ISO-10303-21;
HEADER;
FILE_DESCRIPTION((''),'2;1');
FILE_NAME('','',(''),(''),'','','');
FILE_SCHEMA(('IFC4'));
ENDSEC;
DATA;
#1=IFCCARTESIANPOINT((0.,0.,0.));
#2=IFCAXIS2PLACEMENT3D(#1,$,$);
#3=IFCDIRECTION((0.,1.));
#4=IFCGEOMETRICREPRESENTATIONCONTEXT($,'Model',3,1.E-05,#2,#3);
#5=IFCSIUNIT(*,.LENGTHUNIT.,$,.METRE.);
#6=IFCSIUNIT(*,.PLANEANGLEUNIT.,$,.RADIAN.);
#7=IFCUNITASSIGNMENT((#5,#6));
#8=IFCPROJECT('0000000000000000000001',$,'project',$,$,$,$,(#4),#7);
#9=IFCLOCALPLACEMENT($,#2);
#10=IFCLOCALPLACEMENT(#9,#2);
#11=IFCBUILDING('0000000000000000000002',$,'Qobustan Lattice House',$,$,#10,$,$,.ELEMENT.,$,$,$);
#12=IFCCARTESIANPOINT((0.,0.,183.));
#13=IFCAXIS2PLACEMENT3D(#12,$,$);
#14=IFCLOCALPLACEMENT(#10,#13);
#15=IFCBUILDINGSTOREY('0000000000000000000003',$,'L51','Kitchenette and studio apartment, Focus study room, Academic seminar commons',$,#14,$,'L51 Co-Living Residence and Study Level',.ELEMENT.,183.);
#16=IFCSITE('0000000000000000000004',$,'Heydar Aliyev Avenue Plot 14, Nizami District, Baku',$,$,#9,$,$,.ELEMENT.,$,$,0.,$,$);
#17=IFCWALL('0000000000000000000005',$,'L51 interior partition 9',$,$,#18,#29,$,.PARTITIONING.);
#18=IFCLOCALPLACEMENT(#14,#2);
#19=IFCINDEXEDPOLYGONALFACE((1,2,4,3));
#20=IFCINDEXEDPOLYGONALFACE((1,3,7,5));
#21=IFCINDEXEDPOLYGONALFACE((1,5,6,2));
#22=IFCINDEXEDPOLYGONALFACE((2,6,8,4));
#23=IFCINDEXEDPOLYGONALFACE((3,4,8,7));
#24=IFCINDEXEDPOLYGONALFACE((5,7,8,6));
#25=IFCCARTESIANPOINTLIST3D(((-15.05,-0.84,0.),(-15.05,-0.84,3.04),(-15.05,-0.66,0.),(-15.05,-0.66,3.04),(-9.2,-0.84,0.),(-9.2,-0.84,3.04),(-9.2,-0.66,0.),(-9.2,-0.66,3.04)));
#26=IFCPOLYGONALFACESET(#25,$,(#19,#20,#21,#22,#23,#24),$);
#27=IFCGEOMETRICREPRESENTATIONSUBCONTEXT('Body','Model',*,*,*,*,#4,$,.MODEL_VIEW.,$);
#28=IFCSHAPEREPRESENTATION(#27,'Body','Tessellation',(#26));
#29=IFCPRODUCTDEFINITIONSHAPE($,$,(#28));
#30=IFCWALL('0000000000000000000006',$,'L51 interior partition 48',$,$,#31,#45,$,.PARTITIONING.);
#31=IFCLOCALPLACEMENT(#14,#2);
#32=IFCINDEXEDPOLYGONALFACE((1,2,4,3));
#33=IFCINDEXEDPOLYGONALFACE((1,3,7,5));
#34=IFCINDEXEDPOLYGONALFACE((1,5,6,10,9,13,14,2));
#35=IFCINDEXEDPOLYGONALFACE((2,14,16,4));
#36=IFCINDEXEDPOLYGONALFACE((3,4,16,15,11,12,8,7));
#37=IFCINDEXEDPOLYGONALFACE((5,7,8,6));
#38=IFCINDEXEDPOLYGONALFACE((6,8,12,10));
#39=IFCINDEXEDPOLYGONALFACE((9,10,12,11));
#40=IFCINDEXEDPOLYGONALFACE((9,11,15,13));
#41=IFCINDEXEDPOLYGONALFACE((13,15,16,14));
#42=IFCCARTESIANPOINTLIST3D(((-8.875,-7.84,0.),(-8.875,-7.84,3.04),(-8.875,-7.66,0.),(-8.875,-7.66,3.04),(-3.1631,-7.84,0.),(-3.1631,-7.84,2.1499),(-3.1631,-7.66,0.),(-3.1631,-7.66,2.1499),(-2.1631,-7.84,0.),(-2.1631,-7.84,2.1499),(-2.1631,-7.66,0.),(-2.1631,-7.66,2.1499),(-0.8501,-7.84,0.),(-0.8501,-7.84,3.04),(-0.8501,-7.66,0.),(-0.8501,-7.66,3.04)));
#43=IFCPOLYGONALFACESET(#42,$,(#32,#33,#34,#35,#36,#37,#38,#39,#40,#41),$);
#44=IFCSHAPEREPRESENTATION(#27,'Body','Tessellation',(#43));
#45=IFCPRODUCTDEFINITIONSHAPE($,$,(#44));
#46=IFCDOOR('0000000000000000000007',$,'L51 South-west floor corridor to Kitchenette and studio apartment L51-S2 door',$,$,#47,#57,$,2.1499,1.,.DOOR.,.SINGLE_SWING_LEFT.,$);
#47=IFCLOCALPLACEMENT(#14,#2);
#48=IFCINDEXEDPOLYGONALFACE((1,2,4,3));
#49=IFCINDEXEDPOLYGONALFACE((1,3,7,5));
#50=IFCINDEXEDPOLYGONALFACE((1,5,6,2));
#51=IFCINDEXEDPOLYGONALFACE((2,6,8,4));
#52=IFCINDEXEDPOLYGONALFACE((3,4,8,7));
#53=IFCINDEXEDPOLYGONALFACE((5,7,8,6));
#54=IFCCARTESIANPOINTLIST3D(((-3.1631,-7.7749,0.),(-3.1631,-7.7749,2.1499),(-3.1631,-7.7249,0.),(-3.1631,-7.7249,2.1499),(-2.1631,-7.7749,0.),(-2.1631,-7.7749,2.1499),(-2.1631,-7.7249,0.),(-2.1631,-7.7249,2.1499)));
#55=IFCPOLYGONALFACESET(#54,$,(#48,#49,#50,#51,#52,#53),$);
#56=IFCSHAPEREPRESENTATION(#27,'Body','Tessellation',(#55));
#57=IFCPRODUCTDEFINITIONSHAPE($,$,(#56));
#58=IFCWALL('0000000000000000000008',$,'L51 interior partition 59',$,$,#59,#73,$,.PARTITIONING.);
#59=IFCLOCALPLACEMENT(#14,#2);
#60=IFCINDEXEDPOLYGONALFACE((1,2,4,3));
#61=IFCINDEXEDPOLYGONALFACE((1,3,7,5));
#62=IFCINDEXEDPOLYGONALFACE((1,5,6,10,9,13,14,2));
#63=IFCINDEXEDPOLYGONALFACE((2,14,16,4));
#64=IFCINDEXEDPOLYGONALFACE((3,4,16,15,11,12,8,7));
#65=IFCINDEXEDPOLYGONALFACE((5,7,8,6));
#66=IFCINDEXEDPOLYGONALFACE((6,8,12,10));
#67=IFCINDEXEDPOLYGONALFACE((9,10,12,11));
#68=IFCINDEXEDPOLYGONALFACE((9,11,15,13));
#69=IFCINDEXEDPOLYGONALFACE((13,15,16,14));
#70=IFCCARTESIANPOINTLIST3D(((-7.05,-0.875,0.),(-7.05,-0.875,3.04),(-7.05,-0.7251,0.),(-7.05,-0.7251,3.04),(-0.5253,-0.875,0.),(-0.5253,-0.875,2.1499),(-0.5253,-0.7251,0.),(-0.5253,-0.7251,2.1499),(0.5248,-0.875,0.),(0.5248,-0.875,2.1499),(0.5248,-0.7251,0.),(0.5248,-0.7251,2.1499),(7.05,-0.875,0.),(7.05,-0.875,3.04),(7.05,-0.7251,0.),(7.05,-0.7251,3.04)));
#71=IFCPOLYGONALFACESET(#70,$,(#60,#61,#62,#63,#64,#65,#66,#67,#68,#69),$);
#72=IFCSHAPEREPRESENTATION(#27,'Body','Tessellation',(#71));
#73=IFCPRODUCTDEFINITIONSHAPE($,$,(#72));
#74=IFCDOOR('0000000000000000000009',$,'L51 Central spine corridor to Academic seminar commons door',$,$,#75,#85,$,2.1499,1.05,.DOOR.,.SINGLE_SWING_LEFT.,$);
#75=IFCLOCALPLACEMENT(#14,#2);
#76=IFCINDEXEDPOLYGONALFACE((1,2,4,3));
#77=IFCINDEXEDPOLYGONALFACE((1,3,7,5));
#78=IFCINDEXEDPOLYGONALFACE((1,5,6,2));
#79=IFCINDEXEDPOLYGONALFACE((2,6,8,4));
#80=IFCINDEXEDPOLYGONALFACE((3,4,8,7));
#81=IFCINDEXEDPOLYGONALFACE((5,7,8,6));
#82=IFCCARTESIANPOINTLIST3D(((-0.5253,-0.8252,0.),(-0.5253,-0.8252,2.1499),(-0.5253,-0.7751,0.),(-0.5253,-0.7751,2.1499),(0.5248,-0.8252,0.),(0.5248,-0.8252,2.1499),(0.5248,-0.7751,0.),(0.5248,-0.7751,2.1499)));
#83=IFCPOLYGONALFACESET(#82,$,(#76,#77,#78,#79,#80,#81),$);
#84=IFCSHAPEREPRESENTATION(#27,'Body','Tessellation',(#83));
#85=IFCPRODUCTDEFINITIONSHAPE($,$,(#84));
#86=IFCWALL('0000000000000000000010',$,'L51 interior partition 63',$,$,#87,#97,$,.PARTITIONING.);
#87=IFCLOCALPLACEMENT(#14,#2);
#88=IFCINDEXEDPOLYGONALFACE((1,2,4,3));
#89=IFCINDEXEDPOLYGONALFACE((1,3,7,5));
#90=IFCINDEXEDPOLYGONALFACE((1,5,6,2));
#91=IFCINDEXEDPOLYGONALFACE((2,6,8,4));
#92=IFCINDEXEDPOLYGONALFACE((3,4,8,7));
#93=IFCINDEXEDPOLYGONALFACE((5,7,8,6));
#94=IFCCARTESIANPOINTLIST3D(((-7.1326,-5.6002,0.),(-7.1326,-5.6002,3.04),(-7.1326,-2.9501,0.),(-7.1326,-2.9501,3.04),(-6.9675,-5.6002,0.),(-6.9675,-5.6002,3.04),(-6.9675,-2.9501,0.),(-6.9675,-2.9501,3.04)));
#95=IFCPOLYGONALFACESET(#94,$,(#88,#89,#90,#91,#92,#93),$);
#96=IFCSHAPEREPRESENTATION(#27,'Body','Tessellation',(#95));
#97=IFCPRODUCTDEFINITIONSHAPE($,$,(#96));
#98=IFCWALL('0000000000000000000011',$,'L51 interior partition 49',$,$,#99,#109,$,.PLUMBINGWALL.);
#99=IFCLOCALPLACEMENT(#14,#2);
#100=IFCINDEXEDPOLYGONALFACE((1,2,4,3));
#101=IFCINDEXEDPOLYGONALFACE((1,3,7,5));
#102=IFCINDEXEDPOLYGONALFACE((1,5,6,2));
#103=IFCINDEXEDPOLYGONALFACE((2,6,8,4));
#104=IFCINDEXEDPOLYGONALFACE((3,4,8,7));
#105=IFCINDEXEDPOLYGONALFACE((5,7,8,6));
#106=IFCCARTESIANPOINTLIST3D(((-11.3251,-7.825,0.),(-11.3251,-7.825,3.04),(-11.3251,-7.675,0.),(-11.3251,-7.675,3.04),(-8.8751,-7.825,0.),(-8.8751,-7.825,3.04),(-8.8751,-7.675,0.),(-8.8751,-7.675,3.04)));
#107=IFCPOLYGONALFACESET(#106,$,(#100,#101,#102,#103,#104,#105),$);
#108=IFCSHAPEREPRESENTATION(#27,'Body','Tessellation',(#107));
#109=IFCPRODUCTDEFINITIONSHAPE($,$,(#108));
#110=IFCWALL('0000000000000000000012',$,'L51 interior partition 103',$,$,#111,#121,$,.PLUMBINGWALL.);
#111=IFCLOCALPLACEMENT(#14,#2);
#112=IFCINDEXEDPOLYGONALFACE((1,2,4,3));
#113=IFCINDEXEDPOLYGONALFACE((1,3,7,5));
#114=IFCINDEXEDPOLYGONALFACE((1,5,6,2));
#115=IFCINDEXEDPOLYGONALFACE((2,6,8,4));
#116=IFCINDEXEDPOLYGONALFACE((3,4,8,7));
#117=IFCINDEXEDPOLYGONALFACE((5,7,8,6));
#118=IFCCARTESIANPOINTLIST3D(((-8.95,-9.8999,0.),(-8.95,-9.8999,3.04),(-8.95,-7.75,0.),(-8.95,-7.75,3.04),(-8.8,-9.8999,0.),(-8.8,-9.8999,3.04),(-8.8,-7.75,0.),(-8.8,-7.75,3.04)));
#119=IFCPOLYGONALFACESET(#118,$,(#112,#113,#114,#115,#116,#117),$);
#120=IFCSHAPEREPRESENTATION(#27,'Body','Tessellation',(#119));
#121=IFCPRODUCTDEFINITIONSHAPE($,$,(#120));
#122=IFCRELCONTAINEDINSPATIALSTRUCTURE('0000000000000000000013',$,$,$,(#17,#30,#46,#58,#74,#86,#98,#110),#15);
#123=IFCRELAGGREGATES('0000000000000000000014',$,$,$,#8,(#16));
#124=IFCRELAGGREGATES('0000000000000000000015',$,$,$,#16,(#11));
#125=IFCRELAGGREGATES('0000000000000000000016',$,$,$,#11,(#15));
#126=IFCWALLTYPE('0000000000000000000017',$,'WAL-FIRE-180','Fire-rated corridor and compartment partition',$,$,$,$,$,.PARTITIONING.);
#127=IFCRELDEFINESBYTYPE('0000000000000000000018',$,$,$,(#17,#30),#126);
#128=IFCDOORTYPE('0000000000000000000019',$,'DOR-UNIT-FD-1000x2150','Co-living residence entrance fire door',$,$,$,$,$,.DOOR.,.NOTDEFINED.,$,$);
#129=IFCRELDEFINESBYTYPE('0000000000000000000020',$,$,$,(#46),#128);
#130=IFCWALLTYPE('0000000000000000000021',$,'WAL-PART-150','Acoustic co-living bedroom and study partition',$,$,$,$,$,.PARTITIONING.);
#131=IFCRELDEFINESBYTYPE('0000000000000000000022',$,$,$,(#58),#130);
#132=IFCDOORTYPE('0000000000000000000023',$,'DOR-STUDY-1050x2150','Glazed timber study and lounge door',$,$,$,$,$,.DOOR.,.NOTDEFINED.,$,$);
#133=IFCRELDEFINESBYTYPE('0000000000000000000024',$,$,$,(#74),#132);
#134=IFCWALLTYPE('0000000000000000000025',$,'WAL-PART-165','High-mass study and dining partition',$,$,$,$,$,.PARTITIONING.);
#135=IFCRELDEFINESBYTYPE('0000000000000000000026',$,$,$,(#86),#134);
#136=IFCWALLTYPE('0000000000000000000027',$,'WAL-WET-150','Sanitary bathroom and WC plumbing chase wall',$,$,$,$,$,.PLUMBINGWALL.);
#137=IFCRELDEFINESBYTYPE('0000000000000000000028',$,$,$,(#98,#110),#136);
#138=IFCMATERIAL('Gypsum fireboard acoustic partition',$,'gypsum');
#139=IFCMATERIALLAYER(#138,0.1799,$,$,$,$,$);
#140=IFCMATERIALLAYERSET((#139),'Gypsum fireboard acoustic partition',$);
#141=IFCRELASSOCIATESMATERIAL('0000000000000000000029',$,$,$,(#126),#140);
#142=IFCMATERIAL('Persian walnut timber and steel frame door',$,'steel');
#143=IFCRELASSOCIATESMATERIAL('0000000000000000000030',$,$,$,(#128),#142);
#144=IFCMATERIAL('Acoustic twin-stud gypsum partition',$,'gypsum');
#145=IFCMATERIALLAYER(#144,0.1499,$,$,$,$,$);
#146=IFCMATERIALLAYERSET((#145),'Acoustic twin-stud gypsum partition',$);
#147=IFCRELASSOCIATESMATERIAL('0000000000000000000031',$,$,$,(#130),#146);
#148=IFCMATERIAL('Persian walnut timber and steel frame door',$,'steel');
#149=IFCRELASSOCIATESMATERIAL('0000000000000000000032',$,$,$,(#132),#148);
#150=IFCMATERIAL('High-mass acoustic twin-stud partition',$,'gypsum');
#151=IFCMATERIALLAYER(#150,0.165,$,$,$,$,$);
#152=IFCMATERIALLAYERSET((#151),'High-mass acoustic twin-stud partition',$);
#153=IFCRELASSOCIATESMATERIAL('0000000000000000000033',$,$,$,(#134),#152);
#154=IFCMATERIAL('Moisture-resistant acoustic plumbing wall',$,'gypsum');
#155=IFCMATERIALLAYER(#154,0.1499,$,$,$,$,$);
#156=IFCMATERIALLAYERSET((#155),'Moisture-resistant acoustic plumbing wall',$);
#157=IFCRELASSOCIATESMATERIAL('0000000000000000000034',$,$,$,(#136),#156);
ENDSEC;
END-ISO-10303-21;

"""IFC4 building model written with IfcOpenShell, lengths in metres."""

from ifc_helpers import new_model, si_unit, direction, frame, frame_2d, origin, place, context, subcontext, project, spatial, rectangle, extrude, material, layer, layer_set, type_object, element, fill, save


model = new_model("IFC4")

# Units and contexts
model_context = context("Model", 3, precision=1e-05, world=origin(), true_north=direction((0.0, 1.0)))
body_context = subcontext(model_context, "Body", "Model", "MODEL_VIEW")
ifc_project = project(units=[si_unit("LENGTHUNIT", "METRE"), si_unit("PLANEANGLEUNIT", "RADIAN")], contexts=[model_context])

# Site, building, storey
site_placement = place(None, origin())
site = spatial("IfcSite", under=ifc_project, at=site_placement, Name="Heydar Aliyev Avenue Plot 14, Nizami District, Baku", CompositionType="ELEMENT", RefElevation=0.0)
building_placement = place(site_placement, origin())
building = spatial("IfcBuilding", under=site, at=building_placement, Name="Qobustan Lattice House", CompositionType="ELEMENT")
storey_placement = place(building_placement, frame((0.0, 0.0, 183.0)))
storey = spatial("IfcBuildingStorey", under=building, at=storey_placement, Name="L51", Description="Kitchenette and studio apartment, Focus study room, Academic seminar commons", LongName="L51 Co-Living Residence and Study Level", CompositionType="ELEMENT", Elevation=183.0)

# Wall
ifc_material_1 = material(Name="Gypsum fireboard acoustic partition", Category="gypsum")
ifc_layer_1 = layer(ifc_material_1, 0.1799)
ifc_layer_set_1 = layer_set([ifc_layer_1], Name="Gypsum fireboard acoustic partition")
wall_type_1 = type_object("IfcWallType", Name="WAL-FIRE-180", Description="Fire-rated corridor and compartment partition", PredefinedType="PARTITIONING", material=ifc_layer_set_1)
wall_1_placement = place(storey_placement, frame((-9.2, -0.75, 0.0), z_axis=(0.0, 0.0, 1.0), x_axis=(-1.0, 0.0, 0.0)))
element("IfcWall", 1, at=wall_1_placement, inside=storey, type_object=wall_type_1, Name="L51 interior partition 9", PredefinedType="PARTITIONING", context=body_context, shape_type="SweptSolid", body=[
    extrude(rectangle(XDim=5.8501, YDim=0.1799, at=frame_2d((2.925, 0.0))), origin(), (0.0, 0.0, 1.0), 3.04),
])

# Walls, openings, doors
wall_2_placement = place(storey_placement, frame((-0.8501, -7.75, 0.0), z_axis=(0.0, 0.0, 1.0), x_axis=(-1.0, 0.0, 0.0)))
wall_2 = element("IfcWall", 2, at=wall_2_placement, inside=storey, type_object=wall_type_1, Name="L51 interior partition 48", PredefinedType="PARTITIONING", context=body_context, shape_type="SweptSolid", body=[
    extrude(rectangle(XDim=8.0249, YDim=0.1799, at=frame_2d((4.0125, 0.0))), origin(), (0.0, 0.0, 1.0), 3.04),
])
opening_1_placement = place(wall_2_placement, frame((1.313, 0.0, 0.0)))
opening_1 = element("IfcOpeningElement", 3, at=opening_1_placement, cuts=wall_2, PredefinedType="OPENING", context=body_context, shape_type="SweptSolid", body=[
    extrude(rectangle(XDim=1.0, YDim=2.1499, at=frame_2d((0.5, 1.075))), frame((0.0, 0.0999, 0.0), z_axis=(0.0, -1.0, 0.0), x_axis=(1.0, 0.0, 0.0)), (0.0, 0.0, 1.0), 0.2),
])
ifc_material_2 = material(Name="Persian walnut timber and steel frame door", Category="steel")
door_type_1 = type_object("IfcDoorType", Name="DOR-UNIT-FD-1000x2150", Description="Co-living residence entrance fire door", OperationType="NOTDEFINED", PredefinedType="DOOR", material=ifc_material_2)
door_1_placement = place(opening_1_placement, origin())
door_1 = element("IfcDoor", 4, at=door_1_placement, inside=storey, type_object=door_type_1, Name="L51 South-west floor corridor to Kitchenette and studio apartment L51-S2 door", OperationType="SINGLE_SWING_LEFT", OverallHeight=2.1499, OverallWidth=1.0, PredefinedType="DOOR", context=body_context, shape_type="SweptSolid", body=[
    extrude(rectangle(XDim=1.0, YDim=2.1499, at=frame_2d((0.5, 1.075))), frame((0.0, 0.0249, 0.0), z_axis=(0.0, -1.0, 0.0), x_axis=(1.0, 0.0, 0.0)), (0.0, 0.0, 1.0), 0.05),
])
fill(opening_1, door_1)
ifc_material_3 = material(Name="Acoustic twin-stud gypsum partition", Category="gypsum")
ifc_layer_2 = layer(ifc_material_3, 0.1499)
ifc_layer_set_2 = layer_set([ifc_layer_2], Name="Acoustic twin-stud gypsum partition")
wall_type_2 = type_object("IfcWallType", Name="WAL-PART-150", Description="Acoustic co-living bedroom and study partition", PredefinedType="PARTITIONING", material=ifc_layer_set_2)
wall_3_placement = place(storey_placement, frame((-7.05, -0.8, 0.0), z_axis=(0.0, 0.0, 1.0), x_axis=(1.0, 0.0, 0.0)))
wall_3 = element("IfcWall", 5, at=wall_3_placement, inside=storey, type_object=wall_type_2, Name="L51 interior partition 59", PredefinedType="PARTITIONING", context=body_context, shape_type="SweptSolid", body=[
    extrude(rectangle(XDim=14.1001, YDim=0.1499, at=frame_2d((7.05, 0.0))), origin(), (0.0, 0.0, 1.0), 3.04),
])
opening_2_placement = place(wall_3_placement, frame((6.5249, 0.0, 0.0)))
opening_2 = element("IfcOpeningElement", 6, at=opening_2_placement, cuts=wall_3, PredefinedType="OPENING", context=body_context, shape_type="SweptSolid", body=[
    extrude(rectangle(XDim=1.05, YDim=2.1499, at=frame_2d((0.5249, 1.075))), frame((0.0, 0.085, 0.0), z_axis=(0.0, -1.0, 0.0), x_axis=(1.0, 0.0, 0.0)), (0.0, 0.0, 1.0), 0.1699),
])
ifc_material_4 = material(Name="Persian walnut timber and steel frame door", Category="steel")
door_type_2 = type_object("IfcDoorType", Name="DOR-STUDY-1050x2150", Description="Glazed timber study and lounge door", OperationType="NOTDEFINED", PredefinedType="DOOR", material=ifc_material_4)
door_2_placement = place(opening_2_placement, origin())
door_2 = element("IfcDoor", 7, at=door_2_placement, inside=storey, type_object=door_type_2, Name="L51 Central spine corridor to Academic seminar commons door", OperationType="SINGLE_SWING_LEFT", OverallHeight=2.1499, OverallWidth=1.05, PredefinedType="DOOR", context=body_context, shape_type="SweptSolid", body=[
    extrude(rectangle(XDim=1.05, YDim=2.1499, at=frame_2d((0.5249, 1.075))), frame((0.0, 0.0249, 0.0), z_axis=(0.0, -1.0, 0.0), x_axis=(1.0, 0.0, 0.0)), (0.0, 0.0, 1.0), 0.05),
])
fill(opening_2, door_2)
ifc_material_5 = material(Name="High-mass acoustic twin-stud partition", Category="gypsum")
ifc_layer_3 = layer(ifc_material_5, 0.165)
ifc_layer_set_3 = layer_set([ifc_layer_3], Name="High-mass acoustic twin-stud partition")
wall_type_3 = type_object("IfcWallType", Name="WAL-PART-165", Description="High-mass study and dining partition", PredefinedType="PARTITIONING", material=ifc_layer_set_3)

# Walls
wall_4_placement = place(storey_placement, frame((-7.05, -2.95, 0.0), z_axis=(0.0, 0.0, 1.0), x_axis=(0.0, -1.0, 0.0)))
element("IfcWall", 8, at=wall_4_placement, inside=storey, type_object=wall_type_3, Name="L51 interior partition 63", PredefinedType="PARTITIONING", context=body_context, shape_type="SweptSolid", body=[
    extrude(rectangle(XDim=2.6501, YDim=0.165, at=frame_2d((1.3252, 0.0))), origin(), (0.0, 0.0, 1.0), 3.04),
])
ifc_material_6 = material(Name="Moisture-resistant acoustic plumbing wall", Category="gypsum")
ifc_layer_4 = layer(ifc_material_6, 0.1499)
ifc_layer_set_4 = layer_set([ifc_layer_4], Name="Moisture-resistant acoustic plumbing wall")
wall_type_4 = type_object("IfcWallType", Name="WAL-WET-150", Description="Sanitary bathroom and WC plumbing chase wall", PredefinedType="PLUMBINGWALL", material=ifc_layer_set_4)
wall_5_placement = place(storey_placement, frame((-8.875, -7.75, 0.0), z_axis=(0.0, 0.0, 1.0), x_axis=(-1.0, 0.0, 0.0)))
element("IfcWall", 9, at=wall_5_placement, inside=storey, type_object=wall_type_4, Name="L51 interior partition 49", PredefinedType="PLUMBINGWALL", context=body_context, shape_type="SweptSolid", body=[
    extrude(rectangle(XDim=2.45, YDim=0.1499, at=frame_2d((1.2251, 0.0))), origin(), (0.0, 0.0, 1.0), 3.04),
])
wall_6_placement = place(storey_placement, frame((-8.875, -9.8999, 0.0), z_axis=(0.0, 0.0, 1.0), x_axis=(0.0, 1.0, 0.0)))
element("IfcWall", 10, at=wall_6_placement, inside=storey, type_object=wall_type_4, Name="L51 interior partition 103", PredefinedType="PLUMBINGWALL", context=body_context, shape_type="SweptSolid", body=[
    extrude(rectangle(XDim=2.1499, YDim=0.1499, at=frame_2d((1.075, 0.0))), origin(), (0.0, 0.0, 1.0), 3.04),
])

save(model, "model.ifc")
